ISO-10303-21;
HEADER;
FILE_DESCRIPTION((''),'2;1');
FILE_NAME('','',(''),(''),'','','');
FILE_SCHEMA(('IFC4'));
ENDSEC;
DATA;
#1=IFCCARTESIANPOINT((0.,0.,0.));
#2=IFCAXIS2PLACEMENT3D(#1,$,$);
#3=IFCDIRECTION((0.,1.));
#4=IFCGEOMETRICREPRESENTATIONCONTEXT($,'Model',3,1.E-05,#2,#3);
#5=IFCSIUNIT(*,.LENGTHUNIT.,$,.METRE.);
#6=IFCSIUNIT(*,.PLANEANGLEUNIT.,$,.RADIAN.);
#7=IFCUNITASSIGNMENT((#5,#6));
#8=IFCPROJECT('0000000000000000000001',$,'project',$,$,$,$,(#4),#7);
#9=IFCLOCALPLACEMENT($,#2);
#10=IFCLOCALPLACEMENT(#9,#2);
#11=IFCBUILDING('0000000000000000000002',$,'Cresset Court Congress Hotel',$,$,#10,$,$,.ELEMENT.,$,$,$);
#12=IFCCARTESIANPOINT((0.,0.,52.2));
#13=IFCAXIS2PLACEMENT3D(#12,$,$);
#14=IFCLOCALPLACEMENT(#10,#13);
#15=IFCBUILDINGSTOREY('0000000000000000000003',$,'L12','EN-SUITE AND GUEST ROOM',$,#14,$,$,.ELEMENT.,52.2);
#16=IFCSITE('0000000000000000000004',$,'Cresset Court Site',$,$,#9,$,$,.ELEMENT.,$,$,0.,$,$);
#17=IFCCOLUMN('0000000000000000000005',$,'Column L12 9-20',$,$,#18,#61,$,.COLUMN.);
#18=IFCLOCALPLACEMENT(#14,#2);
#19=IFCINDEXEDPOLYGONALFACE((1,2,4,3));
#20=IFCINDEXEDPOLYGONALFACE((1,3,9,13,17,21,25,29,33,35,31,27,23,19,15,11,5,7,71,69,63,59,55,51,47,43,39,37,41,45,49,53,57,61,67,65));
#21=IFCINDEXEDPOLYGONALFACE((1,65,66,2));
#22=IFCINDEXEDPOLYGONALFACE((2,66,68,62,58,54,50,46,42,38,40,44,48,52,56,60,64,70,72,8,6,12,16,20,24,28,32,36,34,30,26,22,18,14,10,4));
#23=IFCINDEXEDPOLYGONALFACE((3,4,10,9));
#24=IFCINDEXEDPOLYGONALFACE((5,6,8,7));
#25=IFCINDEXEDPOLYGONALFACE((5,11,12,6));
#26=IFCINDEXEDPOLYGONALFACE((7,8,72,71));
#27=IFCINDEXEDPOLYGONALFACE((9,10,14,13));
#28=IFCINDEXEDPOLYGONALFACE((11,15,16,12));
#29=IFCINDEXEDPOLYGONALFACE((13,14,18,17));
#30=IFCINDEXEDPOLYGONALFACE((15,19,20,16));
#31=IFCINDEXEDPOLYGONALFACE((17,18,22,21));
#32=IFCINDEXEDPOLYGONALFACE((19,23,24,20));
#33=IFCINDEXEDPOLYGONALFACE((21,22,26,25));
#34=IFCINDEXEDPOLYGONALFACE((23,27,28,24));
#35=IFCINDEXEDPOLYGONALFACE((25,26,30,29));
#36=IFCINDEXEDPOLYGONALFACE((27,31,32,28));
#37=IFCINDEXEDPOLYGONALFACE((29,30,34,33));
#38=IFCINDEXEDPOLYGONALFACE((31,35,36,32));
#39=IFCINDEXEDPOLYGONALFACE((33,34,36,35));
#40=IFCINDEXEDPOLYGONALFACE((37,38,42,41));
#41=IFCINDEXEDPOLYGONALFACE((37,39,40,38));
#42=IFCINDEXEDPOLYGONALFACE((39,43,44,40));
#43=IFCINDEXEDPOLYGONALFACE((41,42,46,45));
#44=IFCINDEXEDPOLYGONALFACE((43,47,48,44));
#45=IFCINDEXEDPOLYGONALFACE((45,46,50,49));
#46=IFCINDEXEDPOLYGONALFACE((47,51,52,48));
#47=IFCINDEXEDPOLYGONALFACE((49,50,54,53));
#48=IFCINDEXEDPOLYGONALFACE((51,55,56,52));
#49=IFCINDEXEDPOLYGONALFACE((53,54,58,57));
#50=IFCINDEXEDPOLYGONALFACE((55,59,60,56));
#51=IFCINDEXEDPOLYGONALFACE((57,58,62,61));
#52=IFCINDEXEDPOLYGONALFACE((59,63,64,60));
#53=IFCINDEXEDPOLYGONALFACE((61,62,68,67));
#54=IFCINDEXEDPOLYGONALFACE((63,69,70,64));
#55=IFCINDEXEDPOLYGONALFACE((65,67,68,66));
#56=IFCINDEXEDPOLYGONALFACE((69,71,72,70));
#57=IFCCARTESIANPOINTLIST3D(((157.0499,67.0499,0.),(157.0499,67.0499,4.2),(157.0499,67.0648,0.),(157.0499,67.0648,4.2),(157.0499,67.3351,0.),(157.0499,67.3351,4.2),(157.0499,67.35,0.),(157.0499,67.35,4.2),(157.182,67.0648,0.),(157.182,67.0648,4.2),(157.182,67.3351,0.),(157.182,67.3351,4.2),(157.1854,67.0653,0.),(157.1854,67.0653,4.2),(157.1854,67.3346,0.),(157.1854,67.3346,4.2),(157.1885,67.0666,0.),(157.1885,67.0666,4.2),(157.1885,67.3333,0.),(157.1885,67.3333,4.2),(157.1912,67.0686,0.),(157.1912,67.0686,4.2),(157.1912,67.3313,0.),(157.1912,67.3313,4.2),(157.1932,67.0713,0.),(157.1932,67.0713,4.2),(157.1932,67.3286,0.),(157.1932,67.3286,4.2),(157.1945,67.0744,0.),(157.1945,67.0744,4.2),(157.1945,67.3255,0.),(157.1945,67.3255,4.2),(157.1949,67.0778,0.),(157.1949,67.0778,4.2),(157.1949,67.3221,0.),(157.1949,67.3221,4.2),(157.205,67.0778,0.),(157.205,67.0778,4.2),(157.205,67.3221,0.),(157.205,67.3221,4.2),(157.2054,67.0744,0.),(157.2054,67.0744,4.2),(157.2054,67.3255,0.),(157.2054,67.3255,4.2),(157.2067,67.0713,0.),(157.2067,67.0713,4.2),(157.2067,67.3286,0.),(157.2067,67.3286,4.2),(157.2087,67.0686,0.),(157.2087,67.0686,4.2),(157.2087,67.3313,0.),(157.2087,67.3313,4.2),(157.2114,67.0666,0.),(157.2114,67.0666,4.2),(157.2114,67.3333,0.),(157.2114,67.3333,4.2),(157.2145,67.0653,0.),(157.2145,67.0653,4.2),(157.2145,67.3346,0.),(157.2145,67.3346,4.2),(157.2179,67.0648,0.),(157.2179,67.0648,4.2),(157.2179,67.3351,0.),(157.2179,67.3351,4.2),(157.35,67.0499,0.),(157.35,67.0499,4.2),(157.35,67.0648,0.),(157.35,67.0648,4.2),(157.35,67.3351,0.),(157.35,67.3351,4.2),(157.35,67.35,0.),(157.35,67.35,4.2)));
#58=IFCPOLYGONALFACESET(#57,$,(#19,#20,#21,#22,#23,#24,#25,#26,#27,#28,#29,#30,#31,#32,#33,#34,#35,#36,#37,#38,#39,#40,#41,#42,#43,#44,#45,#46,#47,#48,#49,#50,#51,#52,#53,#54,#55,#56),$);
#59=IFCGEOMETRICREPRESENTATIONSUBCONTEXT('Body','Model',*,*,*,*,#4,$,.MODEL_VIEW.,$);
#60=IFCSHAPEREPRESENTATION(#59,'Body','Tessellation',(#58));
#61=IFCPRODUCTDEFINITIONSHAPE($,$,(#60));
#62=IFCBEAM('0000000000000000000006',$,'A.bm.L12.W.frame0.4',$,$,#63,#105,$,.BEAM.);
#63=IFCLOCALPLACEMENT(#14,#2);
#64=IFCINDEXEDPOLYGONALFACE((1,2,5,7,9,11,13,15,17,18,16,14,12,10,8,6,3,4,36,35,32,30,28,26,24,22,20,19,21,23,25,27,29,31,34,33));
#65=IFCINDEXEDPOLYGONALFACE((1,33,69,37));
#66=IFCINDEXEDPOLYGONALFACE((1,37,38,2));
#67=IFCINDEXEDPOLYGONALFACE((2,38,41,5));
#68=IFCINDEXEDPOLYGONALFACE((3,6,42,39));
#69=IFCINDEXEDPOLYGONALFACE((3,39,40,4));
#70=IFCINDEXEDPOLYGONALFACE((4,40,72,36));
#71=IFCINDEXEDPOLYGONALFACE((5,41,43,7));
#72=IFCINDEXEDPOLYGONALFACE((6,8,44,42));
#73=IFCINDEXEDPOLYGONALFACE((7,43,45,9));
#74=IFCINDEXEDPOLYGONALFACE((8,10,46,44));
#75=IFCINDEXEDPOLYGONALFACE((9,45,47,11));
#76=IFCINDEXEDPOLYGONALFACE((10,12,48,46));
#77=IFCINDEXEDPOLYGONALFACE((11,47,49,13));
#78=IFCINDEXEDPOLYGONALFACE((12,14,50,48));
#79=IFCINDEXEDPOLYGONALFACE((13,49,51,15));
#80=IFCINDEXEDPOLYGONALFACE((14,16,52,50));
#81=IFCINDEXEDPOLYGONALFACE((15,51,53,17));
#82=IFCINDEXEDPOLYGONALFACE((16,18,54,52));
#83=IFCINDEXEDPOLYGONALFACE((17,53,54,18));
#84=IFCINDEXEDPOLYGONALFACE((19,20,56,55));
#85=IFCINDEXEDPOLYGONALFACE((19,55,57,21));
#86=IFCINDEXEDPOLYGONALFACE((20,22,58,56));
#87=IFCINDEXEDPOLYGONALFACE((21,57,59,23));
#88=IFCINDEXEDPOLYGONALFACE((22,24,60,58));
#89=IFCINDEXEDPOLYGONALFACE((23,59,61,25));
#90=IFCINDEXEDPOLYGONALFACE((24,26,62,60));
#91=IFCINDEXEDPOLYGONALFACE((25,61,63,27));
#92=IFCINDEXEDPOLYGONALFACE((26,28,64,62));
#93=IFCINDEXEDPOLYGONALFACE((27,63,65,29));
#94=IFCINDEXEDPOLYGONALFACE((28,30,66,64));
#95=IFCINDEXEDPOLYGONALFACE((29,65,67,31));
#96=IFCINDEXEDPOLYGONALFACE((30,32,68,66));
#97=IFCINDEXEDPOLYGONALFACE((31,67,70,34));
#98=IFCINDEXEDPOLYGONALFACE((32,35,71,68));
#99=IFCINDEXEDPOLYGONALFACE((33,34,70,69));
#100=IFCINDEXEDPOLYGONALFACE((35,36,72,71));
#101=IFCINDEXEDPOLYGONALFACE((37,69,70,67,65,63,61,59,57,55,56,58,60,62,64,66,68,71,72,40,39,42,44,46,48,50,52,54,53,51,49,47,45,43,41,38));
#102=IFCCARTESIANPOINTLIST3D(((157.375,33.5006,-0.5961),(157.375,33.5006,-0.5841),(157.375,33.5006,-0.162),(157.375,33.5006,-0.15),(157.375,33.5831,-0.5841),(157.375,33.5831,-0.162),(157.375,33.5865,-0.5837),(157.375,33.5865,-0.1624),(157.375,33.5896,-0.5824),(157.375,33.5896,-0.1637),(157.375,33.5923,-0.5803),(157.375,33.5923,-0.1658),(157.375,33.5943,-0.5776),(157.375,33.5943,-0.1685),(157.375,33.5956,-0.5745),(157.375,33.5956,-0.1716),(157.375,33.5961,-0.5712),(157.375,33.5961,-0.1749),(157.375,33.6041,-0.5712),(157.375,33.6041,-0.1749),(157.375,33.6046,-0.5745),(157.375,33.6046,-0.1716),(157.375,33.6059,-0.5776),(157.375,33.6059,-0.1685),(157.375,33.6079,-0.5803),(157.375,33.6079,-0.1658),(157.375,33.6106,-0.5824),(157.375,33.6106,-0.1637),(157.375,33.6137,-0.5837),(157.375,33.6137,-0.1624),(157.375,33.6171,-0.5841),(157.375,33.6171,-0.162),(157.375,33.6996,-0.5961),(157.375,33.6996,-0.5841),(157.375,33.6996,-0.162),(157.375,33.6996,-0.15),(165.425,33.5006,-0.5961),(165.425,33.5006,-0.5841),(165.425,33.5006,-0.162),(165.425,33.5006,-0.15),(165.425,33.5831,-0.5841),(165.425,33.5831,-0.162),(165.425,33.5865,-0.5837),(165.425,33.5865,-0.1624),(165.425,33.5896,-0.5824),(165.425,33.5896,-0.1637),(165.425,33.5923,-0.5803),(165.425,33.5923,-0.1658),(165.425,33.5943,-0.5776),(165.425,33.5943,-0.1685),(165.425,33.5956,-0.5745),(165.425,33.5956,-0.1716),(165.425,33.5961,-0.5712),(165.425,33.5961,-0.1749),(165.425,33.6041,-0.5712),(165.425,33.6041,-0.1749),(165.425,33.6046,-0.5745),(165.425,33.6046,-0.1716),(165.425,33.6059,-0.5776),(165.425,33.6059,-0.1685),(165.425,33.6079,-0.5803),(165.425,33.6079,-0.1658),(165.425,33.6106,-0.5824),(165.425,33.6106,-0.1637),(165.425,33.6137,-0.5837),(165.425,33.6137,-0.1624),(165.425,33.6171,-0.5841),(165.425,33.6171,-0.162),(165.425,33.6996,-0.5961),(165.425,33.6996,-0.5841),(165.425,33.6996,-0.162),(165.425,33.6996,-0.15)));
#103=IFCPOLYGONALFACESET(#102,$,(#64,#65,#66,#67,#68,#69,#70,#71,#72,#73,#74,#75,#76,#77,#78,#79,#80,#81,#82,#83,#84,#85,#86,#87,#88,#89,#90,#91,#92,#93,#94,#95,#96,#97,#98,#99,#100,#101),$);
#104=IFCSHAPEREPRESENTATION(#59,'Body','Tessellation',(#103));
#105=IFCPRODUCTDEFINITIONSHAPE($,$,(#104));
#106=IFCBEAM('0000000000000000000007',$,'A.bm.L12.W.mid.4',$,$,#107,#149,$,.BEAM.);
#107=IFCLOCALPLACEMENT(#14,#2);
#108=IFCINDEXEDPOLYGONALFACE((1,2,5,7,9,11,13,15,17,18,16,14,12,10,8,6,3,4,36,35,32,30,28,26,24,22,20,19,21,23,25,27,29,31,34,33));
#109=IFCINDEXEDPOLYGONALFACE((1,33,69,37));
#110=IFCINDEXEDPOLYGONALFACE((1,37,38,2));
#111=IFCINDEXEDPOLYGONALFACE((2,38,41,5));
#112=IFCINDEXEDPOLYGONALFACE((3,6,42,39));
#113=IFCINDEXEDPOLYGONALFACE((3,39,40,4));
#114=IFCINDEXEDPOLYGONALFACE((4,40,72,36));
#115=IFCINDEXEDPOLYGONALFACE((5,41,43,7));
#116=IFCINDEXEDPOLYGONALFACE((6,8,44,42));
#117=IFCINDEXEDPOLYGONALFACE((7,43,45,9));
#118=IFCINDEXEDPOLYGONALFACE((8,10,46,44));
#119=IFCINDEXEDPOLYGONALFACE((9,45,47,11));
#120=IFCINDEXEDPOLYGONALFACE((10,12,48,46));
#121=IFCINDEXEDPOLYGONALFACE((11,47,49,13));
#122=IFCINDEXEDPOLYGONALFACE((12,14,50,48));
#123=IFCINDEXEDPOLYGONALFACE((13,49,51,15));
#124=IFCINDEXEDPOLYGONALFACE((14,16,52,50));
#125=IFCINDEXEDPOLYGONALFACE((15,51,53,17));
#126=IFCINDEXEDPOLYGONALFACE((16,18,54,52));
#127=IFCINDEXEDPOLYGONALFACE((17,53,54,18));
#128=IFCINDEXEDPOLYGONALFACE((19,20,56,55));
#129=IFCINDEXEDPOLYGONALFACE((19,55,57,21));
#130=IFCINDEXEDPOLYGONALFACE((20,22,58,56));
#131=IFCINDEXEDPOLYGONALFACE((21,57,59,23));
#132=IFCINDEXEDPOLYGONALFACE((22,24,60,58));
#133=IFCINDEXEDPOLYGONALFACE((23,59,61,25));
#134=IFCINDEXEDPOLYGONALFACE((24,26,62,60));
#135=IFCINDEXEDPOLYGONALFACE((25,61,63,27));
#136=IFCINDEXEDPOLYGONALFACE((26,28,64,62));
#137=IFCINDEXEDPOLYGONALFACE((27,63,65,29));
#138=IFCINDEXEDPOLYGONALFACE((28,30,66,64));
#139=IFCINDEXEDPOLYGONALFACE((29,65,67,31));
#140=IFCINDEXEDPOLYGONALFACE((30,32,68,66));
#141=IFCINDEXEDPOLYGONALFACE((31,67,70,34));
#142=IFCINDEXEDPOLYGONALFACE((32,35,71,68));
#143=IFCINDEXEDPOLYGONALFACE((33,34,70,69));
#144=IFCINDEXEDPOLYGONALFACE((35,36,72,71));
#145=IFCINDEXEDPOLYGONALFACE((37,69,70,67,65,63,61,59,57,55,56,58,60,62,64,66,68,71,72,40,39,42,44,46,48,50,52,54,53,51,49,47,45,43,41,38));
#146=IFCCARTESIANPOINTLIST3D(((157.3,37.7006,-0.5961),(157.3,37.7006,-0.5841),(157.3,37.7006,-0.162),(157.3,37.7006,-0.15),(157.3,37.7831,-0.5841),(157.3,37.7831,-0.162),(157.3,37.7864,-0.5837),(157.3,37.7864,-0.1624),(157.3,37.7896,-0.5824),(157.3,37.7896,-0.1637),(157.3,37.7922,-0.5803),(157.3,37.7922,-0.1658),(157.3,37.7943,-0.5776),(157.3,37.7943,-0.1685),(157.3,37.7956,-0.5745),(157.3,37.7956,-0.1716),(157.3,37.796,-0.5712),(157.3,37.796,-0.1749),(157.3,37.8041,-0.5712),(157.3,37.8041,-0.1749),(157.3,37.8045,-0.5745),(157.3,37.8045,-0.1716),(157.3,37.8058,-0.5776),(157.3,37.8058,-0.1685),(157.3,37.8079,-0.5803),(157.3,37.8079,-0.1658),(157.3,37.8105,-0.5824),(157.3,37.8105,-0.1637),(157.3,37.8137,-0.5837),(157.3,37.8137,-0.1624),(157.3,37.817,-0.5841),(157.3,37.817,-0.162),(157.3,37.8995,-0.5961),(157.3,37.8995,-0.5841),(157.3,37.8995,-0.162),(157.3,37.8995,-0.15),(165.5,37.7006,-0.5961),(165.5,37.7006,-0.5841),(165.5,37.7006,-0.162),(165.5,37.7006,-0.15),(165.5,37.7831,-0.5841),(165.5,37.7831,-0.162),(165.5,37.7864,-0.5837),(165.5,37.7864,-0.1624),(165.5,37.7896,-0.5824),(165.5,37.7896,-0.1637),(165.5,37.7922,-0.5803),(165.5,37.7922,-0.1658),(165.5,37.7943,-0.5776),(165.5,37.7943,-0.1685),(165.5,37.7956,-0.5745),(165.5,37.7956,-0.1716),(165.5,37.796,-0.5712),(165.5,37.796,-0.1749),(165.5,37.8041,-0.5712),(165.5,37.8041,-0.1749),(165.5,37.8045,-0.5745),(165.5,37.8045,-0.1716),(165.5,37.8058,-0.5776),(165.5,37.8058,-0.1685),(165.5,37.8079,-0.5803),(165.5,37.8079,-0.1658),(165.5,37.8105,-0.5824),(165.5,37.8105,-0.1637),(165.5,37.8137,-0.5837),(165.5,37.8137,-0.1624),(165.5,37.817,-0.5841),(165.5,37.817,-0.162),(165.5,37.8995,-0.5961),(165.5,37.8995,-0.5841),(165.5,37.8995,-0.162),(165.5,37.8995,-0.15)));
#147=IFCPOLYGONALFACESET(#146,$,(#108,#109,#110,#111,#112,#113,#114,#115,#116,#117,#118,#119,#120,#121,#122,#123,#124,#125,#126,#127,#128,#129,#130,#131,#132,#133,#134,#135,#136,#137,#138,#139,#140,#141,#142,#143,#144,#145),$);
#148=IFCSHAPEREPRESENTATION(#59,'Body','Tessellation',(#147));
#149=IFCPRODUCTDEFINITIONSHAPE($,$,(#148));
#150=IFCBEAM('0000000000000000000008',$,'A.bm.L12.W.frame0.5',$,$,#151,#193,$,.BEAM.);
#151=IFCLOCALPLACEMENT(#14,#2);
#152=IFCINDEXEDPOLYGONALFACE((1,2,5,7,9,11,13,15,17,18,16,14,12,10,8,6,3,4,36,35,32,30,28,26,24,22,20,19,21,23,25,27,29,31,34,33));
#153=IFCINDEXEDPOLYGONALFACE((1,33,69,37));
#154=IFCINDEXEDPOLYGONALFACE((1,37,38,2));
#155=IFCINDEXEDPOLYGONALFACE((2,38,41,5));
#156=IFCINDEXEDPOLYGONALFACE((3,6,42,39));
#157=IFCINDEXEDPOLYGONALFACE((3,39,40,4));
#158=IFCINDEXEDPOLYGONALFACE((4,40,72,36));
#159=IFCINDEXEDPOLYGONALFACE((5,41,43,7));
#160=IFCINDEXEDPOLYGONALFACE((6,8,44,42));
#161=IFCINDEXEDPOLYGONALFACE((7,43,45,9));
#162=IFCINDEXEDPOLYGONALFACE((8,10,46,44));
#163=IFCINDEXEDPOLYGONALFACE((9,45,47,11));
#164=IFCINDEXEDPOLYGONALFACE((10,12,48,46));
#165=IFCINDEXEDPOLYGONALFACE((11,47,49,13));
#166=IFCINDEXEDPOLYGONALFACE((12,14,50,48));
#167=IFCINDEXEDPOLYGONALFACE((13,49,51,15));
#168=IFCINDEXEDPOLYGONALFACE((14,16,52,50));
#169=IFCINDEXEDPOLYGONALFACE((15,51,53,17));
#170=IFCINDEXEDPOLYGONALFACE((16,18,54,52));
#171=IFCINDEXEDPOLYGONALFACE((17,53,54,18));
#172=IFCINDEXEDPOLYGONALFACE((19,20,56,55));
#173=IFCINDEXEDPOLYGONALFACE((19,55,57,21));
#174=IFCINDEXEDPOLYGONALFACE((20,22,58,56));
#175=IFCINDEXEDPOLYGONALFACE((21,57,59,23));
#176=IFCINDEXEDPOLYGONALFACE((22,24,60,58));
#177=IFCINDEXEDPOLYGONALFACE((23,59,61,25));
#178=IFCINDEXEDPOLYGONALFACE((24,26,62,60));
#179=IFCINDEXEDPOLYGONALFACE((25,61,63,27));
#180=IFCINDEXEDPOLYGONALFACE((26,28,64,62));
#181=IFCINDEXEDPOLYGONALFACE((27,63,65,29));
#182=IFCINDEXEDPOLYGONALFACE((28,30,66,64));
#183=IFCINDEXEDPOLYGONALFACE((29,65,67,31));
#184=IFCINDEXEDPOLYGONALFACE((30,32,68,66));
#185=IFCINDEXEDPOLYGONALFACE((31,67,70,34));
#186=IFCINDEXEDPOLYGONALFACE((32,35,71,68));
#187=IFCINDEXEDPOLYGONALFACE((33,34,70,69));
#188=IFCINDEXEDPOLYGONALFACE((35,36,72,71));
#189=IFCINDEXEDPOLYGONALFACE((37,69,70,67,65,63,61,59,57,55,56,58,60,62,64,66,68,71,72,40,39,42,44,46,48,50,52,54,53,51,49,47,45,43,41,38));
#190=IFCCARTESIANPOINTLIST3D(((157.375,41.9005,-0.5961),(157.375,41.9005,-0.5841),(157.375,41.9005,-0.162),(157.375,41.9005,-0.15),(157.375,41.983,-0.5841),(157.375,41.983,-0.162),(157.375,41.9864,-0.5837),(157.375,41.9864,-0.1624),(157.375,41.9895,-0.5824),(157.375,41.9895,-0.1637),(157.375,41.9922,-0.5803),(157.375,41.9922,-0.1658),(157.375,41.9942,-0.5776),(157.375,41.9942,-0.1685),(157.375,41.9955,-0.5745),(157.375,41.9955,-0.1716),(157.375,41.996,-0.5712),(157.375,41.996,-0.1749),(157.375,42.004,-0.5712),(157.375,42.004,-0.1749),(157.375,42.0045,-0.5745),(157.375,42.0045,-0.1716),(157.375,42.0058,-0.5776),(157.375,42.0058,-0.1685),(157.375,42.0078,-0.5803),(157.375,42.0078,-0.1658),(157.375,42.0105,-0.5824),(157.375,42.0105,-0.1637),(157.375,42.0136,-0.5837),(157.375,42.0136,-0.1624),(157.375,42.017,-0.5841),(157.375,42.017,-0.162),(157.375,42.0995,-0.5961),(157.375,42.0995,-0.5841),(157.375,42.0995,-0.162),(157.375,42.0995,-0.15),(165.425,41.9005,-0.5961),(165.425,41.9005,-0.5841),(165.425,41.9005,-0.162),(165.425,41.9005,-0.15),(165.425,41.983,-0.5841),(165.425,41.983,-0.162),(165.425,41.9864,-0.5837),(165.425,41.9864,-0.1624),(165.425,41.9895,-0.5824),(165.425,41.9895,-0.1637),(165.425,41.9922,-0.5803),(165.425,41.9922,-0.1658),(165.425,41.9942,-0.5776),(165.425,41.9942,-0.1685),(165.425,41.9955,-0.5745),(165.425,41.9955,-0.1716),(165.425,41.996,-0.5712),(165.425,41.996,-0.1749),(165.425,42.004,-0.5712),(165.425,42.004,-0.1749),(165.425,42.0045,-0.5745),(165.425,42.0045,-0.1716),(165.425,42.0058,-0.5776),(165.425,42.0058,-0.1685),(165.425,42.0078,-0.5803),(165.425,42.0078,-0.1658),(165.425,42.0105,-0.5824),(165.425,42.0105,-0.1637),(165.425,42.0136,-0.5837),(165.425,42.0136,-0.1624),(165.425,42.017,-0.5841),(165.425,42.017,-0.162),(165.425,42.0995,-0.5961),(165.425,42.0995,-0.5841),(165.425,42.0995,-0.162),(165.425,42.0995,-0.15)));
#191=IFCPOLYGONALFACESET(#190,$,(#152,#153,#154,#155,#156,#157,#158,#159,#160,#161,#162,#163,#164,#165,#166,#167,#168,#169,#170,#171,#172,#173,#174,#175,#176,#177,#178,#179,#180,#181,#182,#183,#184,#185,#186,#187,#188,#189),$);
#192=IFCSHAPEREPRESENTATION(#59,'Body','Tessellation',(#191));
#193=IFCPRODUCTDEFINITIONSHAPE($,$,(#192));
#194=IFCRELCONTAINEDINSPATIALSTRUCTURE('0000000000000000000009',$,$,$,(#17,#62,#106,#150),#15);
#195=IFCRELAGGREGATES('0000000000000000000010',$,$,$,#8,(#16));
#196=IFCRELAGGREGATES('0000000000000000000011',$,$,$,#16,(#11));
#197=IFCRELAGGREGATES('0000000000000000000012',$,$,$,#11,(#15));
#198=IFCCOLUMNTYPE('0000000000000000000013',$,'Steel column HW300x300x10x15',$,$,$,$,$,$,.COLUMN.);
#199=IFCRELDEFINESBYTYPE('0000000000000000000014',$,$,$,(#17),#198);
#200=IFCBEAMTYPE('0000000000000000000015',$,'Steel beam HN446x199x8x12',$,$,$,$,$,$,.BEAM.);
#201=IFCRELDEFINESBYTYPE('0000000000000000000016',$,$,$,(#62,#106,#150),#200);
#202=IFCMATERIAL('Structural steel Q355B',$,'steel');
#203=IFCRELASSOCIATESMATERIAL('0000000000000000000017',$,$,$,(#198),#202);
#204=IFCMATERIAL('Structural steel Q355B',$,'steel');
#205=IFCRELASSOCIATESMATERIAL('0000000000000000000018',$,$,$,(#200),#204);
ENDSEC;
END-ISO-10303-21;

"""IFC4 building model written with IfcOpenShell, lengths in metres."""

from ifc_helpers import new_model, si_unit, direction, frame, origin, origin_2d, place, context, subcontext, project, spatial, i_section, extrude, material, material_profile, profile_set, type_object, element, save


model = new_model("IFC4")

# Units and contexts
model_context = context("Model", 3, precision=1e-05, world=origin(), true_north=direction((0.0, 1.0)))
body_context = subcontext(model_context, "Body", "Model", "MODEL_VIEW")
ifc_project = project(units=[si_unit("LENGTHUNIT", "METRE"), si_unit("PLANEANGLEUNIT", "RADIAN")], contexts=[model_context])

# Site, building, storey
site_placement = place(None, origin())
site = spatial("IfcSite", under=ifc_project, at=site_placement, Name="Cresset Court Site", CompositionType="ELEMENT", RefElevation=0.0)
building_placement = place(site_placement, origin())
building = spatial("IfcBuilding", under=site, at=building_placement, Name="Cresset Court Congress Hotel", CompositionType="ELEMENT")
storey_placement = place(building_placement, frame((0.0, 0.0, 52.2)))
storey = spatial("IfcBuildingStorey", under=building, at=storey_placement, Name="L12", Description="EN-SUITE AND GUEST ROOM", CompositionType="ELEMENT", Elevation=52.2)

# Column
ifc_material_1 = material(Name="Structural steel Q355B", Category="steel")
ifc_material_profile_1 = material_profile(ifc_material_1, i_section(OverallWidth=0.3, OverallDepth=0.3, WebThickness=0.01, FlangeThickness=0.0149, FilletRadius=0.0129, at=origin_2d()), Name="HW300x300x10x15")
ifc_profile_set_1 = profile_set([ifc_material_profile_1], Name="Structural steel Q355B")
column_type = type_object("IfcColumnType", Name="Steel column HW300x300x10x15", PredefinedType="COLUMN", material=ifc_profile_set_1)
for number, where, z_axis, x_axis, name in (
    (1, (157.2, 67.2, 0.0), (0.0, 0.0, 1.0), (1.0, 0.0, 0.0), "Column L12 9-20"),
):
    element("IfcColumn", number, at=place(storey_placement, frame(where, z_axis=z_axis, x_axis=x_axis)), inside=storey, type_object=column_type, Name=name, PredefinedType="COLUMN", context=body_context, shape_type="SweptSolid", body=[
        extrude(i_section(OverallWidth=0.3, OverallDepth=0.3, WebThickness=0.01, FlangeThickness=0.0149, FilletRadius=0.0129, at=origin_2d()), origin(), (0.0, 0.0, 1.0), 4.2),
    ])

# Beams
ifc_material_2 = material(Name="Structural steel Q355B", Category="steel")
ifc_material_profile_2 = material_profile(ifc_material_2, i_section(OverallWidth=0.199, OverallDepth=0.446, WebThickness=0.0081, FlangeThickness=0.012, FilletRadius=0.0129, at=origin_2d()), Name="HN446x199x8x12")
ifc_profile_set_2 = profile_set([ifc_material_profile_2], Name="Structural steel Q355B")
beam_type_1 = type_object("IfcBeamType", Name="Steel beam HN446x199x8x12", PredefinedType="BEAM", material=ifc_profile_set_2)
beam_1_placement = place(storey_placement, frame((157.375, 33.6001, -0.373), z_axis=(1.0, 0.0, 0.0), x_axis=(0.0, 1.0, 0.0)))
element("IfcBeam", 2, at=beam_1_placement, inside=storey, type_object=beam_type_1, Name="A.bm.L12.W.frame0.4", PredefinedType="BEAM", context=body_context, shape_type="SweptSolid", body=[
    extrude(i_section(OverallWidth=0.199, OverallDepth=0.446, WebThickness=0.0081, FlangeThickness=0.012, FilletRadius=0.0129, at=origin_2d()), origin(), (0.0, 0.0, 1.0), 8.05),
])
beam_2_placement = place(storey_placement, frame((157.3, 37.8, -0.373), z_axis=(1.0, 0.0, 0.0), x_axis=(0.0, 1.0, 0.0)))
element("IfcBeam", 3, at=beam_2_placement, inside=storey, type_object=beam_type_1, Name="A.bm.L12.W.mid.4", PredefinedType="BEAM", context=body_context, shape_type="SweptSolid", body=[
    extrude(i_section(OverallWidth=0.199, OverallDepth=0.446, WebThickness=0.0081, FlangeThickness=0.012, FilletRadius=0.0129, at=origin_2d()), origin(), (0.0, 0.0, 1.0), 8.2),
])
beam_3_placement = place(storey_placement, frame((157.375, 42.0, -0.373), z_axis=(1.0, 0.0, 0.0), x_axis=(0.0, 1.0, 0.0)))
element("IfcBeam", 4, at=beam_3_placement, inside=storey, type_object=beam_type_1, Name="A.bm.L12.W.frame0.5", PredefinedType="BEAM", context=body_context, shape_type="SweptSolid", body=[
    extrude(i_section(OverallWidth=0.199, OverallDepth=0.446, WebThickness=0.0081, FlangeThickness=0.012, FilletRadius=0.0129, at=origin_2d()), origin(), (0.0, 0.0, 1.0), 8.05),
])

save(model, "model.ifc")
